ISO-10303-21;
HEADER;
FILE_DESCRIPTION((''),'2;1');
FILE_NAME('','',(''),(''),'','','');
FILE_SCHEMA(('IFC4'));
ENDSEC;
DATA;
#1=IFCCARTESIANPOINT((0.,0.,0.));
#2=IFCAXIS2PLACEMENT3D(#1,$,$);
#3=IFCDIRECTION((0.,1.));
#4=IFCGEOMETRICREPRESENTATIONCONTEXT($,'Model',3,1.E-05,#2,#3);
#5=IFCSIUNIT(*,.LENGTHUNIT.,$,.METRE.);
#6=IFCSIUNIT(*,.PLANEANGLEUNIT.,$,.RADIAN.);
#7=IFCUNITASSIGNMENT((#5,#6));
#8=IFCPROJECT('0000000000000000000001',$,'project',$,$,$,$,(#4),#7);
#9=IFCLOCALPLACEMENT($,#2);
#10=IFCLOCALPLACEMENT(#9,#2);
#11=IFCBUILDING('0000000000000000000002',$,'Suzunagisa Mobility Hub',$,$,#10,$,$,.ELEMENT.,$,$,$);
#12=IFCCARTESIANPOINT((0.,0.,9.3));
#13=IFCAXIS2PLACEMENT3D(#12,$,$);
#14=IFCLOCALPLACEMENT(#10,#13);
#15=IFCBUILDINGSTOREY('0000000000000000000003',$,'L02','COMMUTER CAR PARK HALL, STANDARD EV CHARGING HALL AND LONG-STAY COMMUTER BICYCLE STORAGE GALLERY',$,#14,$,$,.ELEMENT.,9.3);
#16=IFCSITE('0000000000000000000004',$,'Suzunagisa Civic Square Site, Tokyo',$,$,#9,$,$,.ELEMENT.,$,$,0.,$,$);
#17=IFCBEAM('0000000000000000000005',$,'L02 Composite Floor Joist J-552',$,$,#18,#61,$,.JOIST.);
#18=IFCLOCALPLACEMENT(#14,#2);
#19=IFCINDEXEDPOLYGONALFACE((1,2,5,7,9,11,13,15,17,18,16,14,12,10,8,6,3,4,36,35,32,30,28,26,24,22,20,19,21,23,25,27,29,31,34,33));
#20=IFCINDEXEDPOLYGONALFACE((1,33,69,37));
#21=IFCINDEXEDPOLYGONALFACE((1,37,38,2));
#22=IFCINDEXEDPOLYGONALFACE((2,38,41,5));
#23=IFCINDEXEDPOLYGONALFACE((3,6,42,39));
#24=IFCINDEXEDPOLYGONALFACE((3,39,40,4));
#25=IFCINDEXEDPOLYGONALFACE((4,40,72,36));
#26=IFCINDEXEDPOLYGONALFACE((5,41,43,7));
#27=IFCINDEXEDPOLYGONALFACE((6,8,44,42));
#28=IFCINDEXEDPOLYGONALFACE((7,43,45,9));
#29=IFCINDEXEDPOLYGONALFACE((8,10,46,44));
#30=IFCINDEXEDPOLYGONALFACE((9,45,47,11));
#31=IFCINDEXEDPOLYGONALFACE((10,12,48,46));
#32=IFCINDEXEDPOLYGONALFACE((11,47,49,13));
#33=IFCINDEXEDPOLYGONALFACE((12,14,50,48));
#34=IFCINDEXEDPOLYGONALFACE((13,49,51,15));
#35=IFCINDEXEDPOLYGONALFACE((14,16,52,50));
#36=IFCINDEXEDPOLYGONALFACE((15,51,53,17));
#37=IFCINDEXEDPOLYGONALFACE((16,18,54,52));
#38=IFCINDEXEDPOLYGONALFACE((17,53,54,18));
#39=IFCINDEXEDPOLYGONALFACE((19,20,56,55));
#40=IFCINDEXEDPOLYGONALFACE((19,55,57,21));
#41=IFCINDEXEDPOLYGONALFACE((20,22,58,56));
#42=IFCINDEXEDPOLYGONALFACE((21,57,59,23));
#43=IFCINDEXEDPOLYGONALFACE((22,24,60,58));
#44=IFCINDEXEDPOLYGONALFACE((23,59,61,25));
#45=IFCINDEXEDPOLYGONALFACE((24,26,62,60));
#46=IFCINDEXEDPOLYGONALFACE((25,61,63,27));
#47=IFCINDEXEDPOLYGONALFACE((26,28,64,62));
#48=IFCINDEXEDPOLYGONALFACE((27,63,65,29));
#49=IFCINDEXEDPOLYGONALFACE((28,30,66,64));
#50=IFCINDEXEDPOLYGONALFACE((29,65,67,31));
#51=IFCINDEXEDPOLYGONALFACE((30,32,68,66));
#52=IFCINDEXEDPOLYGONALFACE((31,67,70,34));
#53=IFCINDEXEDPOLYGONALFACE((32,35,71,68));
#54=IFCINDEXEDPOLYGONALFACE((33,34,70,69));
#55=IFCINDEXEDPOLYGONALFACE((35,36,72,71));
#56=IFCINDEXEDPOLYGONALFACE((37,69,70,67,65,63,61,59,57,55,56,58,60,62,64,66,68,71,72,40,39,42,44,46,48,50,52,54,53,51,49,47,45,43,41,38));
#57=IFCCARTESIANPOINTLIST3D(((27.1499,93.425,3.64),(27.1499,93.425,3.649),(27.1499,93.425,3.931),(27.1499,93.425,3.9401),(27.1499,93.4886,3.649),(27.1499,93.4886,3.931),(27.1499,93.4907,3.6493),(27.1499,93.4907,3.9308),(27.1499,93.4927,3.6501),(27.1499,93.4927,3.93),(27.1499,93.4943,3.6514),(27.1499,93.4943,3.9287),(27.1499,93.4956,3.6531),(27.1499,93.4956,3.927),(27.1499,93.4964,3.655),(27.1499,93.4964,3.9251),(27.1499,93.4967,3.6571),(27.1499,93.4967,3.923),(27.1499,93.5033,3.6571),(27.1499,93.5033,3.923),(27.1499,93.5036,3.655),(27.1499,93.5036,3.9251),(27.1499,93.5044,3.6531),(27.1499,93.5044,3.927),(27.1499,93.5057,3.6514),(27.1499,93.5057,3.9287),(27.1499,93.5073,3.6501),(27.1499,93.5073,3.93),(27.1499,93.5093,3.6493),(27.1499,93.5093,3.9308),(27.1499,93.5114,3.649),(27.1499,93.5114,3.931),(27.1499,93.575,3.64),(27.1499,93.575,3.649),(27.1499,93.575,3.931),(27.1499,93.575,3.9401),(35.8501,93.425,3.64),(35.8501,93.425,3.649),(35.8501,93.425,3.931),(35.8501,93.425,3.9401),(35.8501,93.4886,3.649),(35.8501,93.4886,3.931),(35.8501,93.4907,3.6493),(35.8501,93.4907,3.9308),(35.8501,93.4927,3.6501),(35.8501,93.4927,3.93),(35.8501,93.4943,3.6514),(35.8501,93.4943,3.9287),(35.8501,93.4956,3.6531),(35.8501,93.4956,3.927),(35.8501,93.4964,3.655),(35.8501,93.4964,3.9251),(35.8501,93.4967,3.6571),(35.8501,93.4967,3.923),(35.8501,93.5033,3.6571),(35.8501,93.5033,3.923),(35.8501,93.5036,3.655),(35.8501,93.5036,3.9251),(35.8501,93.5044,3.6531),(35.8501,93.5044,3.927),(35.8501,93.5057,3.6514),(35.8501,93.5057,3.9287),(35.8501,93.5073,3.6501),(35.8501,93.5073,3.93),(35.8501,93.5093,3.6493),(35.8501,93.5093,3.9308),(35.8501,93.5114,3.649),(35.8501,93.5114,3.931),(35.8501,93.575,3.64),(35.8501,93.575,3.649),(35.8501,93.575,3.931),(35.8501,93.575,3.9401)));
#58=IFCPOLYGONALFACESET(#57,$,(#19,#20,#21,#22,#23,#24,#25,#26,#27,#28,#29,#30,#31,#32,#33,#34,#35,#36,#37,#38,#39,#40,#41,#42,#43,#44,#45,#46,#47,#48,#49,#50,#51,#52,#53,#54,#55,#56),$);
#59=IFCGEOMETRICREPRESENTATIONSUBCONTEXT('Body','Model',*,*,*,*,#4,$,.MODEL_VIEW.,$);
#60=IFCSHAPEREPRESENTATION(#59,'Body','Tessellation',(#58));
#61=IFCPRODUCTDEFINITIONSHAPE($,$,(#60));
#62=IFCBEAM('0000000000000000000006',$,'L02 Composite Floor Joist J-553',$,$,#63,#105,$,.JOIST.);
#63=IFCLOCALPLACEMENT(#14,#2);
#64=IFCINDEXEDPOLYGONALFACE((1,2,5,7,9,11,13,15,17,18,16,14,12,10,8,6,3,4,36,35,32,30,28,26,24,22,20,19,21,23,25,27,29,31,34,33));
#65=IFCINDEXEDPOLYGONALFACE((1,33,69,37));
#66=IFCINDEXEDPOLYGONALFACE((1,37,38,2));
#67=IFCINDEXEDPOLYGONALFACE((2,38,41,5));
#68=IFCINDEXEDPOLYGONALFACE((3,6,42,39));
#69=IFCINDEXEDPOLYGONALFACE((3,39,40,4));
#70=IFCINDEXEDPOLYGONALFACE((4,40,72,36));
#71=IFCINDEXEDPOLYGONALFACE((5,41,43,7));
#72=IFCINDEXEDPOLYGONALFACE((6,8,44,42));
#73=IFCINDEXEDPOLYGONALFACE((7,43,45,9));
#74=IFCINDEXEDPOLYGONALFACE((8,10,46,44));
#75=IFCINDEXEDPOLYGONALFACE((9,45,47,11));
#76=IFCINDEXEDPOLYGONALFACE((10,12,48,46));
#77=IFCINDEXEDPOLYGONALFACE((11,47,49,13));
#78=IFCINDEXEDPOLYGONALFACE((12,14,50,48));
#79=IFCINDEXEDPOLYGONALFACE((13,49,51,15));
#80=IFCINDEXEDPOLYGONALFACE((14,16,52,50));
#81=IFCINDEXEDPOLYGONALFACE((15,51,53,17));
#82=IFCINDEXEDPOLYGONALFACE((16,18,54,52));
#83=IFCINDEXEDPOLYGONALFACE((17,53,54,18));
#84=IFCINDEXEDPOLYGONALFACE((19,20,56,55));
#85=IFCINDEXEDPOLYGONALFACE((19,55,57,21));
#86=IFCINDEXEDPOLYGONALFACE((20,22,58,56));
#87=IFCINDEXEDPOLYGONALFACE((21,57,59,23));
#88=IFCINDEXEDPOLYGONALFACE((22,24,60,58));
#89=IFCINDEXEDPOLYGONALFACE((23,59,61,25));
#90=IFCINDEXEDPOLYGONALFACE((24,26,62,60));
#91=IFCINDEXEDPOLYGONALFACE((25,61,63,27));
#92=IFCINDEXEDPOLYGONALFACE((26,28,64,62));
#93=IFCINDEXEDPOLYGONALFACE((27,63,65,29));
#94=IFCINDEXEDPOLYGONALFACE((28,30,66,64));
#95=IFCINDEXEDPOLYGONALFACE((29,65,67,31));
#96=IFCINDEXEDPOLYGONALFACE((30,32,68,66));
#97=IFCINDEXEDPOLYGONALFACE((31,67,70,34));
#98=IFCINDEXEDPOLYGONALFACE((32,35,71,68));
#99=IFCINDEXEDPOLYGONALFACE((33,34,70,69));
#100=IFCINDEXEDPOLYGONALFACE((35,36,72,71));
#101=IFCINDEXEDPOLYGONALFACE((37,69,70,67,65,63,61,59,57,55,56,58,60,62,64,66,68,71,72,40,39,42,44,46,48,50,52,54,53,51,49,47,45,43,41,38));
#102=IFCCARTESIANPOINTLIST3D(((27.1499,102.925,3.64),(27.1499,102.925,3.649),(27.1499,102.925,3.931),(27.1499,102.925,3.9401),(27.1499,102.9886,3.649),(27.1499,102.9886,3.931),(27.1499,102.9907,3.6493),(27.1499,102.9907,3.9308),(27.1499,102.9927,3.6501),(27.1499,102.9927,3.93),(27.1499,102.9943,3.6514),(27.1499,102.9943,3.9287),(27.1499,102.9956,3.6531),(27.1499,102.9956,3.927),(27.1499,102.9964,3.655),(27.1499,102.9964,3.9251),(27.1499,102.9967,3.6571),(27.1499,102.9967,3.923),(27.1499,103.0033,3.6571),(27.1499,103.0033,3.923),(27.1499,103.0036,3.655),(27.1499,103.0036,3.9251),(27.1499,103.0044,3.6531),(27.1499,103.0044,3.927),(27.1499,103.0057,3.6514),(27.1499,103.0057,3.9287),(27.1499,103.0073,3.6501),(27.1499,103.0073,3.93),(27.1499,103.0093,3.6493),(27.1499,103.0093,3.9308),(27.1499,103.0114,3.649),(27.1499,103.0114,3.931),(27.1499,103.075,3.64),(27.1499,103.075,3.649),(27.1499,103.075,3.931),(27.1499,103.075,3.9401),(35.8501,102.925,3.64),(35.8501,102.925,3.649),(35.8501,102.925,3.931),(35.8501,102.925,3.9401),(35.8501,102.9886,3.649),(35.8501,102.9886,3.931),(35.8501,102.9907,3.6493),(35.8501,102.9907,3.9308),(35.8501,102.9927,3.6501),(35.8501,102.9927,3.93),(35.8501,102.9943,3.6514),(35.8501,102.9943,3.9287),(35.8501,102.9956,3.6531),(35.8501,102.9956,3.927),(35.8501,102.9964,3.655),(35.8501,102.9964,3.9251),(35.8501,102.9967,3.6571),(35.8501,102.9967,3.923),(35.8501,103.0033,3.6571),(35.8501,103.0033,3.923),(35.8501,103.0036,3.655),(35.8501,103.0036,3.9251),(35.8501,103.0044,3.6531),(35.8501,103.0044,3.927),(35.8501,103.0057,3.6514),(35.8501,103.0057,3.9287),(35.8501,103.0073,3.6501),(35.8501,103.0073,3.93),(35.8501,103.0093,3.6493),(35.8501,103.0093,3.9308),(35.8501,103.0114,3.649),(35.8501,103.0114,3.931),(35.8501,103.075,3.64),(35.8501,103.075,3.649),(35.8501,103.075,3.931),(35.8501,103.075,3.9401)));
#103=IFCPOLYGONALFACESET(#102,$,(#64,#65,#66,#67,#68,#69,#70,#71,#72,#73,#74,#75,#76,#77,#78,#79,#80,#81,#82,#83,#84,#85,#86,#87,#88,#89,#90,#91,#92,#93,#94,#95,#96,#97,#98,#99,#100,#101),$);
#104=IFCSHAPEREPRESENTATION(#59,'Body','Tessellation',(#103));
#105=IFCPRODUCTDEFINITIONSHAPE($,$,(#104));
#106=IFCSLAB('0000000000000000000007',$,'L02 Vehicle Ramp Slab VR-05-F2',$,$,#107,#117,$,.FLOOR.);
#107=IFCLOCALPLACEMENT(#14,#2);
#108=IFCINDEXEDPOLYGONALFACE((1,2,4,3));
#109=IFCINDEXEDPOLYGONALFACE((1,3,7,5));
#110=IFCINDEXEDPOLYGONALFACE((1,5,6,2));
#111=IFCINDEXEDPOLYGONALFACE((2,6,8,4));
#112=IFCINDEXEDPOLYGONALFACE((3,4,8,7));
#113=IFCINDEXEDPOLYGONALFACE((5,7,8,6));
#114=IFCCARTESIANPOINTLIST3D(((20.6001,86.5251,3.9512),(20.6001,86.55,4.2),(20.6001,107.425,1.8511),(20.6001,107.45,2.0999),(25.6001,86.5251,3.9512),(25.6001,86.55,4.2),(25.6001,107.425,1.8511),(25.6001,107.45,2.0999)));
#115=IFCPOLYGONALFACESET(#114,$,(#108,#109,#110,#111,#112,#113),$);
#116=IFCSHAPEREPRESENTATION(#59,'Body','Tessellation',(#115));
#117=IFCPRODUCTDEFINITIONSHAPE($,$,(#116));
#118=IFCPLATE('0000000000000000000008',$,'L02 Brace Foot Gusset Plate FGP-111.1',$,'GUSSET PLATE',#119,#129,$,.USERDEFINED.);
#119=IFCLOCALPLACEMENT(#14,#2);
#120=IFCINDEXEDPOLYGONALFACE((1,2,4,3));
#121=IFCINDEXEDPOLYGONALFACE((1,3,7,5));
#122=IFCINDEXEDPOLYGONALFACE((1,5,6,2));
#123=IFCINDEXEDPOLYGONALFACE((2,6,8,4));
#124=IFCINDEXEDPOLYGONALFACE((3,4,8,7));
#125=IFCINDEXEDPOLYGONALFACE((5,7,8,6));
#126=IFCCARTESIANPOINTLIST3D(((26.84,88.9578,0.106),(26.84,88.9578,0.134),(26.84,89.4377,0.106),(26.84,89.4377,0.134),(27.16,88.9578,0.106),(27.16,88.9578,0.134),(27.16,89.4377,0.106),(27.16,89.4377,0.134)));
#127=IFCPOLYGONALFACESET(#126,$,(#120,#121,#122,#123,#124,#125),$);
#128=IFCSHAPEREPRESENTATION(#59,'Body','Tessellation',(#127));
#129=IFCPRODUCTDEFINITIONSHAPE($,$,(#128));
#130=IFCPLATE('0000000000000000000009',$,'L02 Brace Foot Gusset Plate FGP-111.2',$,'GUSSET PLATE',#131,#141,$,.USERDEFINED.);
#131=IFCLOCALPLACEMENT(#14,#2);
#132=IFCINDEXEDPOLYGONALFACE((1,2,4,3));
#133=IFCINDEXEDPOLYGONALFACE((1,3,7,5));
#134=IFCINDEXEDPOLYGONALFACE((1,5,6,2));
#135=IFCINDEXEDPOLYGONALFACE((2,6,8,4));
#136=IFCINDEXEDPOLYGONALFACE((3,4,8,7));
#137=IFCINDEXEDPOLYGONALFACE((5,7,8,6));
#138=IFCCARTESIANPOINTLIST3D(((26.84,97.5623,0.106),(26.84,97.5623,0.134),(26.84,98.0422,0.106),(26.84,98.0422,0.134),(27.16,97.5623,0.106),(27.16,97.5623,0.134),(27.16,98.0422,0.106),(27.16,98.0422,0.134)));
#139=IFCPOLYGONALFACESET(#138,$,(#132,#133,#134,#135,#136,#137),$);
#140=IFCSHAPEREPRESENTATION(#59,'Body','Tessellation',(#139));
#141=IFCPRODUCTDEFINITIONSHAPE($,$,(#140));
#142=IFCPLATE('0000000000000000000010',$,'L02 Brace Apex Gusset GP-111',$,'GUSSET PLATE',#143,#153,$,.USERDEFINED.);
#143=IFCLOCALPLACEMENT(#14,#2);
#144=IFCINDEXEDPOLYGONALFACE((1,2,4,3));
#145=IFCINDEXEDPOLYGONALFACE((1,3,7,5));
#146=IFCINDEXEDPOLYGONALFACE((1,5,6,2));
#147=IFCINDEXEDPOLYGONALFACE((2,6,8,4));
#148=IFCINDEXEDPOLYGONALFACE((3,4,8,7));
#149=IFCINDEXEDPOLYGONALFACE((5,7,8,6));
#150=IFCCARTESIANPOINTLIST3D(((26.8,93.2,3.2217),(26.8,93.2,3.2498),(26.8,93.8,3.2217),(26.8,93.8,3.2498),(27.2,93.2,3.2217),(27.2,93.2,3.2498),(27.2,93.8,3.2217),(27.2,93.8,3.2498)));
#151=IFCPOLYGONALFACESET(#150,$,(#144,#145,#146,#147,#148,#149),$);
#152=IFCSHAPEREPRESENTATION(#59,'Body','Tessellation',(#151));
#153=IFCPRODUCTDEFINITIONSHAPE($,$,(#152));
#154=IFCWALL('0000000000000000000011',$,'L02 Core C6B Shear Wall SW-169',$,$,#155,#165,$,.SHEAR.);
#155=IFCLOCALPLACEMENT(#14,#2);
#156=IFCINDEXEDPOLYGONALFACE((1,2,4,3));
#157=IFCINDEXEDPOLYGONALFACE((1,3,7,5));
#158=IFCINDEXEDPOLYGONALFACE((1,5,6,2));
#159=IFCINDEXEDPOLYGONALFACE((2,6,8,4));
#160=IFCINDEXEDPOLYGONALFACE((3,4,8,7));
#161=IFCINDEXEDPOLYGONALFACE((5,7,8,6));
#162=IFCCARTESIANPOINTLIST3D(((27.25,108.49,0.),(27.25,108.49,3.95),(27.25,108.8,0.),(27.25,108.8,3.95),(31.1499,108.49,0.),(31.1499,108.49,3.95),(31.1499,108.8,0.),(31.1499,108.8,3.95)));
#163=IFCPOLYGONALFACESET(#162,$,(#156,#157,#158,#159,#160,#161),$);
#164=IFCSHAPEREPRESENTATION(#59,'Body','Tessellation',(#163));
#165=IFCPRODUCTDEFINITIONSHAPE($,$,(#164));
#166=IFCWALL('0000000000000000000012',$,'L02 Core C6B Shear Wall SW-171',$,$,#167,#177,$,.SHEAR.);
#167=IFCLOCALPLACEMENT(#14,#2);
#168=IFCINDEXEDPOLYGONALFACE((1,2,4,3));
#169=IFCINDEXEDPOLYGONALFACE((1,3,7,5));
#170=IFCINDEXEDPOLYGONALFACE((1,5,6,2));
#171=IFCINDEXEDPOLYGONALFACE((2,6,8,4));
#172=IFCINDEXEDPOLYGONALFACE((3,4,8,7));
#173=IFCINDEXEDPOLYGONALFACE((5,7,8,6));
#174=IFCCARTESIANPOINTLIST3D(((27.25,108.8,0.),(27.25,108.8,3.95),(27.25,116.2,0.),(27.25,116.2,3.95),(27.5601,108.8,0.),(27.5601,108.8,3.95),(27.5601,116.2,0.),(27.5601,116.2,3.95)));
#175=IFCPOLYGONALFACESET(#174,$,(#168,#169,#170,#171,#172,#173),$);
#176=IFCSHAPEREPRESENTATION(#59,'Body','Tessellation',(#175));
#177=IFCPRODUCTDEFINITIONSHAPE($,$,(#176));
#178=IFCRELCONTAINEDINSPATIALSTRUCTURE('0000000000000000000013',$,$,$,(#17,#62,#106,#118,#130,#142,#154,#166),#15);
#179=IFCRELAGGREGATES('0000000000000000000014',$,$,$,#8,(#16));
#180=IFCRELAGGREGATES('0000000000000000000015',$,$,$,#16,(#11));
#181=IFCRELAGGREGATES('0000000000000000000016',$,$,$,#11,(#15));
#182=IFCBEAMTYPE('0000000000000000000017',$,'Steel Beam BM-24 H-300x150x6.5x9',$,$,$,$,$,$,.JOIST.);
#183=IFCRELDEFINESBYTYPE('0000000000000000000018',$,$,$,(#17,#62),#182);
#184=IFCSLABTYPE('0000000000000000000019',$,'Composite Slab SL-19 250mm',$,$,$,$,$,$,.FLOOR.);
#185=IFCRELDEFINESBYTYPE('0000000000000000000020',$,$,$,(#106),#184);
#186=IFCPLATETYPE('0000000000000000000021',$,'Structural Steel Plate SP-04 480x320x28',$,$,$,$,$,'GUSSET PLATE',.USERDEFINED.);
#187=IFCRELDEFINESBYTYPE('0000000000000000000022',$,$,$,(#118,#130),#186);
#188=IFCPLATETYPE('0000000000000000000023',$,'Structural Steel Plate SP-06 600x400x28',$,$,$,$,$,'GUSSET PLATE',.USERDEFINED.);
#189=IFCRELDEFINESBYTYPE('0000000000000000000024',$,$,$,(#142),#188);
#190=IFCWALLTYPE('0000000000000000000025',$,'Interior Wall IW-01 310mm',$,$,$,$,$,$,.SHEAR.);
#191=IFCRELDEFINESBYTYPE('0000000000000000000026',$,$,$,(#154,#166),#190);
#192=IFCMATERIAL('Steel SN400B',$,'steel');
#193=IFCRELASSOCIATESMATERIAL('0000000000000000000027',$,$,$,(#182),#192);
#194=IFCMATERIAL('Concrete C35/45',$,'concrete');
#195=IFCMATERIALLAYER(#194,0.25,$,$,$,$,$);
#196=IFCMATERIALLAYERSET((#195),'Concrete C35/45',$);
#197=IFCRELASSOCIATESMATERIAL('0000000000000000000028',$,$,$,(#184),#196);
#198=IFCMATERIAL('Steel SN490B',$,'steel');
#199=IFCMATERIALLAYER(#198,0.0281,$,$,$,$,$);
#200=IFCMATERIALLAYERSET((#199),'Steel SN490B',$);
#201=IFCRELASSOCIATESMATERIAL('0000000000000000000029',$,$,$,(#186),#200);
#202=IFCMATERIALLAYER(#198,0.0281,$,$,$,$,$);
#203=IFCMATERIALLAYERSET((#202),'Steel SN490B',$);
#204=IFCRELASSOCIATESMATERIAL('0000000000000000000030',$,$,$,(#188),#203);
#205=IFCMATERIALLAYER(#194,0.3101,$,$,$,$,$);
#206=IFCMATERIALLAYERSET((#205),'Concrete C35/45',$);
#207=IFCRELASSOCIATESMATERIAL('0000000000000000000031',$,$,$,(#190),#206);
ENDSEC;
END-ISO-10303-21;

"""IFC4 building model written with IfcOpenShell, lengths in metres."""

from ifc_helpers import new_model, si_unit, direction, frame, frame_2d, origin, origin_2d, place, context, subcontext, project, spatial, polyline, rectangle, i_section, outline, extrude, material, layer, layer_set, material_profile, profile_set, type_object, element, save


model = new_model("IFC4")

# Units and contexts
model_context = context("Model", 3, precision=1e-05, world=origin(), true_north=direction((0.0, 1.0)))
body_context = subcontext(model_context, "Body", "Model", "MODEL_VIEW")
ifc_project = project(units=[si_unit("LENGTHUNIT", "METRE"), si_unit("PLANEANGLEUNIT", "RADIAN")], contexts=[model_context])

# Site, building, storey
site_placement = place(None, origin())
site = spatial("IfcSite", under=ifc_project, at=site_placement, Name="Suzunagisa Civic Square Site, Tokyo", CompositionType="ELEMENT", RefElevation=0.0)
building_placement = place(site_placement, origin())
building = spatial("IfcBuilding", under=site, at=building_placement, Name="Suzunagisa Mobility Hub", CompositionType="ELEMENT")
storey_placement = place(building_placement, frame((0.0, 0.0, 9.3)))
storey = spatial("IfcBuildingStorey", under=building, at=storey_placement, Name="L02", Description="COMMUTER CAR PARK HALL, STANDARD EV CHARGING HALL AND LONG-STAY COMMUTER BICYCLE STORAGE GALLERY", CompositionType="ELEMENT", Elevation=9.3)

# Shared definitions
ifc_material_1 = material(Name="Steel SN490B", Category="steel")

# Beams
ifc_material_2 = material(Name="Steel SN400B", Category="steel")
ifc_material_profile_1 = material_profile(ifc_material_2, i_section(OverallWidth=0.1499, OverallDepth=0.3, WebThickness=0.0066, FlangeThickness=0.009, FilletRadius=0.0081, at=origin_2d()), Name="H-300x150x6.5x9")
ifc_profile_set_1 = profile_set([ifc_material_profile_1], Name="Steel SN400B")
beam_type_1 = type_object("IfcBeamType", Name="Steel Beam BM-24 H-300x150x6.5x9", PredefinedType="JOIST", material=ifc_profile_set_1)
for number, where, z_axis, x_axis, name in (
    (1, (27.1499, 93.5, 3.79), (1.0, 0.0, 0.0), (0.0, 1.0, 0.0), "L02 Composite Floor Joist J-552"),
    (2, (27.1499, 103.0, 3.79), (1.0, 0.0, 0.0), (0.0, 1.0, 0.0), "L02 Composite Floor Joist J-553"),
):
    element("IfcBeam", number, at=place(storey_placement, frame(where, z_axis=z_axis, x_axis=x_axis)), inside=storey, type_object=beam_type_1, Name=name, PredefinedType="JOIST", context=body_context, shape_type="SweptSolid", body=[
        extrude(i_section(OverallWidth=0.1499, OverallDepth=0.3, WebThickness=0.0066, FlangeThickness=0.009, FilletRadius=0.0081, at=origin_2d()), origin(), (0.0, 0.0, 1.0), 8.7002),
    ])

# Slab
ifc_material_3 = material(Name="Concrete C35/45", Category="concrete")
ifc_layer_1 = layer(ifc_material_3, 0.25)
ifc_layer_set_1 = layer_set([ifc_layer_1], Name="Concrete C35/45")
slab_type = type_object("IfcSlabType", Name="Composite Slab SL-19 250mm", PredefinedType="FLOOR", material=ifc_layer_set_1)
slab_placement = place(storey_placement, frame((20.6001, 107.45, 2.0999), z_axis=(0.0, 0.09998, 0.994989), x_axis=(1.0, 0.0, 0.0)))
element("IfcSlab", 3, at=slab_placement, inside=storey, type_object=slab_type, Name="L02 Vehicle Ramp Slab VR-05-F2", PredefinedType="FLOOR", context=body_context, shape_type="SweptSolid", body=[
    extrude(outline(polyline([(0.0, 0.0), (5.0, 0.0), (5.0, -21.0052), (0.0, -21.0052), (0.0, 0.0)])), origin(), (0.0, 0.0, -1.0), 0.25),
])

# Plates
ifc_layer_2 = layer(ifc_material_1, 0.0281)
ifc_layer_set_2 = layer_set([ifc_layer_2], Name="Steel SN490B")
plate_type_1 = type_object("IfcPlateType", Name="Structural Steel Plate SP-04 480x320x28", ElementType="GUSSET PLATE", PredefinedType="USERDEFINED", material=ifc_layer_set_2)
for number, where, z_axis, x_axis, name in (
    (4, (27.0, 89.1978, 0.106), (0.0, 0.0, 1.0), (1.0, 0.0, 0.0), "L02 Brace Foot Gusset Plate FGP-111.1"),
    (5, (27.0, 97.8022, 0.106), (0.0, 0.0, 1.0), (1.0, 0.0, 0.0), "L02 Brace Foot Gusset Plate FGP-111.2"),
):
    element("IfcPlate", number, at=place(storey_placement, frame(where, z_axis=z_axis, x_axis=x_axis)), inside=storey, type_object=plate_type_1, Name=name, ObjectType="GUSSET PLATE", PredefinedType="USERDEFINED", context=body_context, shape_type="SweptSolid", body=[
        extrude(rectangle(XDim=0.3201, YDim=0.48, at=origin_2d()), origin(), (0.0, 0.0, 1.0), 0.0281),
    ])
ifc_layer_3 = layer(ifc_material_1, 0.0281)
ifc_layer_set_3 = layer_set([ifc_layer_3], Name="Steel SN490B")
plate_type_2 = type_object("IfcPlateType", Name="Structural Steel Plate SP-06 600x400x28", ElementType="GUSSET PLATE", PredefinedType="USERDEFINED", material=ifc_layer_set_3)
plate_placement = place(storey_placement, frame((27.0, 93.5, 3.2217), z_axis=(0.0, 0.0, 1.0), x_axis=(1.0, 0.0, 0.0)))
element("IfcPlate", 6, at=plate_placement, inside=storey, type_object=plate_type_2, Name="L02 Brace Apex Gusset GP-111", ObjectType="GUSSET PLATE", PredefinedType="USERDEFINED", context=body_context, shape_type="SweptSolid", body=[
    extrude(rectangle(XDim=0.3999, YDim=0.6001, at=origin_2d()), origin(), (0.0, 0.0, 1.0), 0.0281),
])

# Walls
ifc_layer_4 = layer(ifc_material_3, 0.3101)
ifc_layer_set_4 = layer_set([ifc_layer_4], Name="Concrete C35/45")
wall_type = type_object("IfcWallType", Name="Interior Wall IW-01 310mm", PredefinedType="SHEAR", material=ifc_layer_set_4)
wall_1_placement = place(storey_placement, frame((27.25, 108.645, 0.0), z_axis=(0.0, 0.0, 1.0), x_axis=(1.0, 0.0, 0.0)))
element("IfcWall", 7, at=wall_1_placement, inside=storey, type_object=wall_type, Name="L02 Core C6B Shear Wall SW-169", PredefinedType="SHEAR", context=body_context, shape_type="SweptSolid", body=[
    extrude(rectangle(XDim=3.8999, YDim=0.3101, at=frame_2d((1.95, 0.0))), origin(), (0.0, 0.0, 1.0), 3.95),
])
wall_2_placement = place(storey_placement, frame((27.405, 108.8, 0.0), z_axis=(0.0, 0.0, 1.0), x_axis=(0.0, 1.0, 0.0)))
element("IfcWall", 8, at=wall_2_placement, inside=storey, type_object=wall_type, Name="L02 Core C6B Shear Wall SW-171", PredefinedType="SHEAR", context=body_context, shape_type="SweptSolid", body=[
    extrude(rectangle(XDim=7.3999, YDim=0.3101, at=frame_2d((3.7, 0.0))), origin(), (0.0, 0.0, 1.0), 3.95),
])

save(model, "model.ifc")
